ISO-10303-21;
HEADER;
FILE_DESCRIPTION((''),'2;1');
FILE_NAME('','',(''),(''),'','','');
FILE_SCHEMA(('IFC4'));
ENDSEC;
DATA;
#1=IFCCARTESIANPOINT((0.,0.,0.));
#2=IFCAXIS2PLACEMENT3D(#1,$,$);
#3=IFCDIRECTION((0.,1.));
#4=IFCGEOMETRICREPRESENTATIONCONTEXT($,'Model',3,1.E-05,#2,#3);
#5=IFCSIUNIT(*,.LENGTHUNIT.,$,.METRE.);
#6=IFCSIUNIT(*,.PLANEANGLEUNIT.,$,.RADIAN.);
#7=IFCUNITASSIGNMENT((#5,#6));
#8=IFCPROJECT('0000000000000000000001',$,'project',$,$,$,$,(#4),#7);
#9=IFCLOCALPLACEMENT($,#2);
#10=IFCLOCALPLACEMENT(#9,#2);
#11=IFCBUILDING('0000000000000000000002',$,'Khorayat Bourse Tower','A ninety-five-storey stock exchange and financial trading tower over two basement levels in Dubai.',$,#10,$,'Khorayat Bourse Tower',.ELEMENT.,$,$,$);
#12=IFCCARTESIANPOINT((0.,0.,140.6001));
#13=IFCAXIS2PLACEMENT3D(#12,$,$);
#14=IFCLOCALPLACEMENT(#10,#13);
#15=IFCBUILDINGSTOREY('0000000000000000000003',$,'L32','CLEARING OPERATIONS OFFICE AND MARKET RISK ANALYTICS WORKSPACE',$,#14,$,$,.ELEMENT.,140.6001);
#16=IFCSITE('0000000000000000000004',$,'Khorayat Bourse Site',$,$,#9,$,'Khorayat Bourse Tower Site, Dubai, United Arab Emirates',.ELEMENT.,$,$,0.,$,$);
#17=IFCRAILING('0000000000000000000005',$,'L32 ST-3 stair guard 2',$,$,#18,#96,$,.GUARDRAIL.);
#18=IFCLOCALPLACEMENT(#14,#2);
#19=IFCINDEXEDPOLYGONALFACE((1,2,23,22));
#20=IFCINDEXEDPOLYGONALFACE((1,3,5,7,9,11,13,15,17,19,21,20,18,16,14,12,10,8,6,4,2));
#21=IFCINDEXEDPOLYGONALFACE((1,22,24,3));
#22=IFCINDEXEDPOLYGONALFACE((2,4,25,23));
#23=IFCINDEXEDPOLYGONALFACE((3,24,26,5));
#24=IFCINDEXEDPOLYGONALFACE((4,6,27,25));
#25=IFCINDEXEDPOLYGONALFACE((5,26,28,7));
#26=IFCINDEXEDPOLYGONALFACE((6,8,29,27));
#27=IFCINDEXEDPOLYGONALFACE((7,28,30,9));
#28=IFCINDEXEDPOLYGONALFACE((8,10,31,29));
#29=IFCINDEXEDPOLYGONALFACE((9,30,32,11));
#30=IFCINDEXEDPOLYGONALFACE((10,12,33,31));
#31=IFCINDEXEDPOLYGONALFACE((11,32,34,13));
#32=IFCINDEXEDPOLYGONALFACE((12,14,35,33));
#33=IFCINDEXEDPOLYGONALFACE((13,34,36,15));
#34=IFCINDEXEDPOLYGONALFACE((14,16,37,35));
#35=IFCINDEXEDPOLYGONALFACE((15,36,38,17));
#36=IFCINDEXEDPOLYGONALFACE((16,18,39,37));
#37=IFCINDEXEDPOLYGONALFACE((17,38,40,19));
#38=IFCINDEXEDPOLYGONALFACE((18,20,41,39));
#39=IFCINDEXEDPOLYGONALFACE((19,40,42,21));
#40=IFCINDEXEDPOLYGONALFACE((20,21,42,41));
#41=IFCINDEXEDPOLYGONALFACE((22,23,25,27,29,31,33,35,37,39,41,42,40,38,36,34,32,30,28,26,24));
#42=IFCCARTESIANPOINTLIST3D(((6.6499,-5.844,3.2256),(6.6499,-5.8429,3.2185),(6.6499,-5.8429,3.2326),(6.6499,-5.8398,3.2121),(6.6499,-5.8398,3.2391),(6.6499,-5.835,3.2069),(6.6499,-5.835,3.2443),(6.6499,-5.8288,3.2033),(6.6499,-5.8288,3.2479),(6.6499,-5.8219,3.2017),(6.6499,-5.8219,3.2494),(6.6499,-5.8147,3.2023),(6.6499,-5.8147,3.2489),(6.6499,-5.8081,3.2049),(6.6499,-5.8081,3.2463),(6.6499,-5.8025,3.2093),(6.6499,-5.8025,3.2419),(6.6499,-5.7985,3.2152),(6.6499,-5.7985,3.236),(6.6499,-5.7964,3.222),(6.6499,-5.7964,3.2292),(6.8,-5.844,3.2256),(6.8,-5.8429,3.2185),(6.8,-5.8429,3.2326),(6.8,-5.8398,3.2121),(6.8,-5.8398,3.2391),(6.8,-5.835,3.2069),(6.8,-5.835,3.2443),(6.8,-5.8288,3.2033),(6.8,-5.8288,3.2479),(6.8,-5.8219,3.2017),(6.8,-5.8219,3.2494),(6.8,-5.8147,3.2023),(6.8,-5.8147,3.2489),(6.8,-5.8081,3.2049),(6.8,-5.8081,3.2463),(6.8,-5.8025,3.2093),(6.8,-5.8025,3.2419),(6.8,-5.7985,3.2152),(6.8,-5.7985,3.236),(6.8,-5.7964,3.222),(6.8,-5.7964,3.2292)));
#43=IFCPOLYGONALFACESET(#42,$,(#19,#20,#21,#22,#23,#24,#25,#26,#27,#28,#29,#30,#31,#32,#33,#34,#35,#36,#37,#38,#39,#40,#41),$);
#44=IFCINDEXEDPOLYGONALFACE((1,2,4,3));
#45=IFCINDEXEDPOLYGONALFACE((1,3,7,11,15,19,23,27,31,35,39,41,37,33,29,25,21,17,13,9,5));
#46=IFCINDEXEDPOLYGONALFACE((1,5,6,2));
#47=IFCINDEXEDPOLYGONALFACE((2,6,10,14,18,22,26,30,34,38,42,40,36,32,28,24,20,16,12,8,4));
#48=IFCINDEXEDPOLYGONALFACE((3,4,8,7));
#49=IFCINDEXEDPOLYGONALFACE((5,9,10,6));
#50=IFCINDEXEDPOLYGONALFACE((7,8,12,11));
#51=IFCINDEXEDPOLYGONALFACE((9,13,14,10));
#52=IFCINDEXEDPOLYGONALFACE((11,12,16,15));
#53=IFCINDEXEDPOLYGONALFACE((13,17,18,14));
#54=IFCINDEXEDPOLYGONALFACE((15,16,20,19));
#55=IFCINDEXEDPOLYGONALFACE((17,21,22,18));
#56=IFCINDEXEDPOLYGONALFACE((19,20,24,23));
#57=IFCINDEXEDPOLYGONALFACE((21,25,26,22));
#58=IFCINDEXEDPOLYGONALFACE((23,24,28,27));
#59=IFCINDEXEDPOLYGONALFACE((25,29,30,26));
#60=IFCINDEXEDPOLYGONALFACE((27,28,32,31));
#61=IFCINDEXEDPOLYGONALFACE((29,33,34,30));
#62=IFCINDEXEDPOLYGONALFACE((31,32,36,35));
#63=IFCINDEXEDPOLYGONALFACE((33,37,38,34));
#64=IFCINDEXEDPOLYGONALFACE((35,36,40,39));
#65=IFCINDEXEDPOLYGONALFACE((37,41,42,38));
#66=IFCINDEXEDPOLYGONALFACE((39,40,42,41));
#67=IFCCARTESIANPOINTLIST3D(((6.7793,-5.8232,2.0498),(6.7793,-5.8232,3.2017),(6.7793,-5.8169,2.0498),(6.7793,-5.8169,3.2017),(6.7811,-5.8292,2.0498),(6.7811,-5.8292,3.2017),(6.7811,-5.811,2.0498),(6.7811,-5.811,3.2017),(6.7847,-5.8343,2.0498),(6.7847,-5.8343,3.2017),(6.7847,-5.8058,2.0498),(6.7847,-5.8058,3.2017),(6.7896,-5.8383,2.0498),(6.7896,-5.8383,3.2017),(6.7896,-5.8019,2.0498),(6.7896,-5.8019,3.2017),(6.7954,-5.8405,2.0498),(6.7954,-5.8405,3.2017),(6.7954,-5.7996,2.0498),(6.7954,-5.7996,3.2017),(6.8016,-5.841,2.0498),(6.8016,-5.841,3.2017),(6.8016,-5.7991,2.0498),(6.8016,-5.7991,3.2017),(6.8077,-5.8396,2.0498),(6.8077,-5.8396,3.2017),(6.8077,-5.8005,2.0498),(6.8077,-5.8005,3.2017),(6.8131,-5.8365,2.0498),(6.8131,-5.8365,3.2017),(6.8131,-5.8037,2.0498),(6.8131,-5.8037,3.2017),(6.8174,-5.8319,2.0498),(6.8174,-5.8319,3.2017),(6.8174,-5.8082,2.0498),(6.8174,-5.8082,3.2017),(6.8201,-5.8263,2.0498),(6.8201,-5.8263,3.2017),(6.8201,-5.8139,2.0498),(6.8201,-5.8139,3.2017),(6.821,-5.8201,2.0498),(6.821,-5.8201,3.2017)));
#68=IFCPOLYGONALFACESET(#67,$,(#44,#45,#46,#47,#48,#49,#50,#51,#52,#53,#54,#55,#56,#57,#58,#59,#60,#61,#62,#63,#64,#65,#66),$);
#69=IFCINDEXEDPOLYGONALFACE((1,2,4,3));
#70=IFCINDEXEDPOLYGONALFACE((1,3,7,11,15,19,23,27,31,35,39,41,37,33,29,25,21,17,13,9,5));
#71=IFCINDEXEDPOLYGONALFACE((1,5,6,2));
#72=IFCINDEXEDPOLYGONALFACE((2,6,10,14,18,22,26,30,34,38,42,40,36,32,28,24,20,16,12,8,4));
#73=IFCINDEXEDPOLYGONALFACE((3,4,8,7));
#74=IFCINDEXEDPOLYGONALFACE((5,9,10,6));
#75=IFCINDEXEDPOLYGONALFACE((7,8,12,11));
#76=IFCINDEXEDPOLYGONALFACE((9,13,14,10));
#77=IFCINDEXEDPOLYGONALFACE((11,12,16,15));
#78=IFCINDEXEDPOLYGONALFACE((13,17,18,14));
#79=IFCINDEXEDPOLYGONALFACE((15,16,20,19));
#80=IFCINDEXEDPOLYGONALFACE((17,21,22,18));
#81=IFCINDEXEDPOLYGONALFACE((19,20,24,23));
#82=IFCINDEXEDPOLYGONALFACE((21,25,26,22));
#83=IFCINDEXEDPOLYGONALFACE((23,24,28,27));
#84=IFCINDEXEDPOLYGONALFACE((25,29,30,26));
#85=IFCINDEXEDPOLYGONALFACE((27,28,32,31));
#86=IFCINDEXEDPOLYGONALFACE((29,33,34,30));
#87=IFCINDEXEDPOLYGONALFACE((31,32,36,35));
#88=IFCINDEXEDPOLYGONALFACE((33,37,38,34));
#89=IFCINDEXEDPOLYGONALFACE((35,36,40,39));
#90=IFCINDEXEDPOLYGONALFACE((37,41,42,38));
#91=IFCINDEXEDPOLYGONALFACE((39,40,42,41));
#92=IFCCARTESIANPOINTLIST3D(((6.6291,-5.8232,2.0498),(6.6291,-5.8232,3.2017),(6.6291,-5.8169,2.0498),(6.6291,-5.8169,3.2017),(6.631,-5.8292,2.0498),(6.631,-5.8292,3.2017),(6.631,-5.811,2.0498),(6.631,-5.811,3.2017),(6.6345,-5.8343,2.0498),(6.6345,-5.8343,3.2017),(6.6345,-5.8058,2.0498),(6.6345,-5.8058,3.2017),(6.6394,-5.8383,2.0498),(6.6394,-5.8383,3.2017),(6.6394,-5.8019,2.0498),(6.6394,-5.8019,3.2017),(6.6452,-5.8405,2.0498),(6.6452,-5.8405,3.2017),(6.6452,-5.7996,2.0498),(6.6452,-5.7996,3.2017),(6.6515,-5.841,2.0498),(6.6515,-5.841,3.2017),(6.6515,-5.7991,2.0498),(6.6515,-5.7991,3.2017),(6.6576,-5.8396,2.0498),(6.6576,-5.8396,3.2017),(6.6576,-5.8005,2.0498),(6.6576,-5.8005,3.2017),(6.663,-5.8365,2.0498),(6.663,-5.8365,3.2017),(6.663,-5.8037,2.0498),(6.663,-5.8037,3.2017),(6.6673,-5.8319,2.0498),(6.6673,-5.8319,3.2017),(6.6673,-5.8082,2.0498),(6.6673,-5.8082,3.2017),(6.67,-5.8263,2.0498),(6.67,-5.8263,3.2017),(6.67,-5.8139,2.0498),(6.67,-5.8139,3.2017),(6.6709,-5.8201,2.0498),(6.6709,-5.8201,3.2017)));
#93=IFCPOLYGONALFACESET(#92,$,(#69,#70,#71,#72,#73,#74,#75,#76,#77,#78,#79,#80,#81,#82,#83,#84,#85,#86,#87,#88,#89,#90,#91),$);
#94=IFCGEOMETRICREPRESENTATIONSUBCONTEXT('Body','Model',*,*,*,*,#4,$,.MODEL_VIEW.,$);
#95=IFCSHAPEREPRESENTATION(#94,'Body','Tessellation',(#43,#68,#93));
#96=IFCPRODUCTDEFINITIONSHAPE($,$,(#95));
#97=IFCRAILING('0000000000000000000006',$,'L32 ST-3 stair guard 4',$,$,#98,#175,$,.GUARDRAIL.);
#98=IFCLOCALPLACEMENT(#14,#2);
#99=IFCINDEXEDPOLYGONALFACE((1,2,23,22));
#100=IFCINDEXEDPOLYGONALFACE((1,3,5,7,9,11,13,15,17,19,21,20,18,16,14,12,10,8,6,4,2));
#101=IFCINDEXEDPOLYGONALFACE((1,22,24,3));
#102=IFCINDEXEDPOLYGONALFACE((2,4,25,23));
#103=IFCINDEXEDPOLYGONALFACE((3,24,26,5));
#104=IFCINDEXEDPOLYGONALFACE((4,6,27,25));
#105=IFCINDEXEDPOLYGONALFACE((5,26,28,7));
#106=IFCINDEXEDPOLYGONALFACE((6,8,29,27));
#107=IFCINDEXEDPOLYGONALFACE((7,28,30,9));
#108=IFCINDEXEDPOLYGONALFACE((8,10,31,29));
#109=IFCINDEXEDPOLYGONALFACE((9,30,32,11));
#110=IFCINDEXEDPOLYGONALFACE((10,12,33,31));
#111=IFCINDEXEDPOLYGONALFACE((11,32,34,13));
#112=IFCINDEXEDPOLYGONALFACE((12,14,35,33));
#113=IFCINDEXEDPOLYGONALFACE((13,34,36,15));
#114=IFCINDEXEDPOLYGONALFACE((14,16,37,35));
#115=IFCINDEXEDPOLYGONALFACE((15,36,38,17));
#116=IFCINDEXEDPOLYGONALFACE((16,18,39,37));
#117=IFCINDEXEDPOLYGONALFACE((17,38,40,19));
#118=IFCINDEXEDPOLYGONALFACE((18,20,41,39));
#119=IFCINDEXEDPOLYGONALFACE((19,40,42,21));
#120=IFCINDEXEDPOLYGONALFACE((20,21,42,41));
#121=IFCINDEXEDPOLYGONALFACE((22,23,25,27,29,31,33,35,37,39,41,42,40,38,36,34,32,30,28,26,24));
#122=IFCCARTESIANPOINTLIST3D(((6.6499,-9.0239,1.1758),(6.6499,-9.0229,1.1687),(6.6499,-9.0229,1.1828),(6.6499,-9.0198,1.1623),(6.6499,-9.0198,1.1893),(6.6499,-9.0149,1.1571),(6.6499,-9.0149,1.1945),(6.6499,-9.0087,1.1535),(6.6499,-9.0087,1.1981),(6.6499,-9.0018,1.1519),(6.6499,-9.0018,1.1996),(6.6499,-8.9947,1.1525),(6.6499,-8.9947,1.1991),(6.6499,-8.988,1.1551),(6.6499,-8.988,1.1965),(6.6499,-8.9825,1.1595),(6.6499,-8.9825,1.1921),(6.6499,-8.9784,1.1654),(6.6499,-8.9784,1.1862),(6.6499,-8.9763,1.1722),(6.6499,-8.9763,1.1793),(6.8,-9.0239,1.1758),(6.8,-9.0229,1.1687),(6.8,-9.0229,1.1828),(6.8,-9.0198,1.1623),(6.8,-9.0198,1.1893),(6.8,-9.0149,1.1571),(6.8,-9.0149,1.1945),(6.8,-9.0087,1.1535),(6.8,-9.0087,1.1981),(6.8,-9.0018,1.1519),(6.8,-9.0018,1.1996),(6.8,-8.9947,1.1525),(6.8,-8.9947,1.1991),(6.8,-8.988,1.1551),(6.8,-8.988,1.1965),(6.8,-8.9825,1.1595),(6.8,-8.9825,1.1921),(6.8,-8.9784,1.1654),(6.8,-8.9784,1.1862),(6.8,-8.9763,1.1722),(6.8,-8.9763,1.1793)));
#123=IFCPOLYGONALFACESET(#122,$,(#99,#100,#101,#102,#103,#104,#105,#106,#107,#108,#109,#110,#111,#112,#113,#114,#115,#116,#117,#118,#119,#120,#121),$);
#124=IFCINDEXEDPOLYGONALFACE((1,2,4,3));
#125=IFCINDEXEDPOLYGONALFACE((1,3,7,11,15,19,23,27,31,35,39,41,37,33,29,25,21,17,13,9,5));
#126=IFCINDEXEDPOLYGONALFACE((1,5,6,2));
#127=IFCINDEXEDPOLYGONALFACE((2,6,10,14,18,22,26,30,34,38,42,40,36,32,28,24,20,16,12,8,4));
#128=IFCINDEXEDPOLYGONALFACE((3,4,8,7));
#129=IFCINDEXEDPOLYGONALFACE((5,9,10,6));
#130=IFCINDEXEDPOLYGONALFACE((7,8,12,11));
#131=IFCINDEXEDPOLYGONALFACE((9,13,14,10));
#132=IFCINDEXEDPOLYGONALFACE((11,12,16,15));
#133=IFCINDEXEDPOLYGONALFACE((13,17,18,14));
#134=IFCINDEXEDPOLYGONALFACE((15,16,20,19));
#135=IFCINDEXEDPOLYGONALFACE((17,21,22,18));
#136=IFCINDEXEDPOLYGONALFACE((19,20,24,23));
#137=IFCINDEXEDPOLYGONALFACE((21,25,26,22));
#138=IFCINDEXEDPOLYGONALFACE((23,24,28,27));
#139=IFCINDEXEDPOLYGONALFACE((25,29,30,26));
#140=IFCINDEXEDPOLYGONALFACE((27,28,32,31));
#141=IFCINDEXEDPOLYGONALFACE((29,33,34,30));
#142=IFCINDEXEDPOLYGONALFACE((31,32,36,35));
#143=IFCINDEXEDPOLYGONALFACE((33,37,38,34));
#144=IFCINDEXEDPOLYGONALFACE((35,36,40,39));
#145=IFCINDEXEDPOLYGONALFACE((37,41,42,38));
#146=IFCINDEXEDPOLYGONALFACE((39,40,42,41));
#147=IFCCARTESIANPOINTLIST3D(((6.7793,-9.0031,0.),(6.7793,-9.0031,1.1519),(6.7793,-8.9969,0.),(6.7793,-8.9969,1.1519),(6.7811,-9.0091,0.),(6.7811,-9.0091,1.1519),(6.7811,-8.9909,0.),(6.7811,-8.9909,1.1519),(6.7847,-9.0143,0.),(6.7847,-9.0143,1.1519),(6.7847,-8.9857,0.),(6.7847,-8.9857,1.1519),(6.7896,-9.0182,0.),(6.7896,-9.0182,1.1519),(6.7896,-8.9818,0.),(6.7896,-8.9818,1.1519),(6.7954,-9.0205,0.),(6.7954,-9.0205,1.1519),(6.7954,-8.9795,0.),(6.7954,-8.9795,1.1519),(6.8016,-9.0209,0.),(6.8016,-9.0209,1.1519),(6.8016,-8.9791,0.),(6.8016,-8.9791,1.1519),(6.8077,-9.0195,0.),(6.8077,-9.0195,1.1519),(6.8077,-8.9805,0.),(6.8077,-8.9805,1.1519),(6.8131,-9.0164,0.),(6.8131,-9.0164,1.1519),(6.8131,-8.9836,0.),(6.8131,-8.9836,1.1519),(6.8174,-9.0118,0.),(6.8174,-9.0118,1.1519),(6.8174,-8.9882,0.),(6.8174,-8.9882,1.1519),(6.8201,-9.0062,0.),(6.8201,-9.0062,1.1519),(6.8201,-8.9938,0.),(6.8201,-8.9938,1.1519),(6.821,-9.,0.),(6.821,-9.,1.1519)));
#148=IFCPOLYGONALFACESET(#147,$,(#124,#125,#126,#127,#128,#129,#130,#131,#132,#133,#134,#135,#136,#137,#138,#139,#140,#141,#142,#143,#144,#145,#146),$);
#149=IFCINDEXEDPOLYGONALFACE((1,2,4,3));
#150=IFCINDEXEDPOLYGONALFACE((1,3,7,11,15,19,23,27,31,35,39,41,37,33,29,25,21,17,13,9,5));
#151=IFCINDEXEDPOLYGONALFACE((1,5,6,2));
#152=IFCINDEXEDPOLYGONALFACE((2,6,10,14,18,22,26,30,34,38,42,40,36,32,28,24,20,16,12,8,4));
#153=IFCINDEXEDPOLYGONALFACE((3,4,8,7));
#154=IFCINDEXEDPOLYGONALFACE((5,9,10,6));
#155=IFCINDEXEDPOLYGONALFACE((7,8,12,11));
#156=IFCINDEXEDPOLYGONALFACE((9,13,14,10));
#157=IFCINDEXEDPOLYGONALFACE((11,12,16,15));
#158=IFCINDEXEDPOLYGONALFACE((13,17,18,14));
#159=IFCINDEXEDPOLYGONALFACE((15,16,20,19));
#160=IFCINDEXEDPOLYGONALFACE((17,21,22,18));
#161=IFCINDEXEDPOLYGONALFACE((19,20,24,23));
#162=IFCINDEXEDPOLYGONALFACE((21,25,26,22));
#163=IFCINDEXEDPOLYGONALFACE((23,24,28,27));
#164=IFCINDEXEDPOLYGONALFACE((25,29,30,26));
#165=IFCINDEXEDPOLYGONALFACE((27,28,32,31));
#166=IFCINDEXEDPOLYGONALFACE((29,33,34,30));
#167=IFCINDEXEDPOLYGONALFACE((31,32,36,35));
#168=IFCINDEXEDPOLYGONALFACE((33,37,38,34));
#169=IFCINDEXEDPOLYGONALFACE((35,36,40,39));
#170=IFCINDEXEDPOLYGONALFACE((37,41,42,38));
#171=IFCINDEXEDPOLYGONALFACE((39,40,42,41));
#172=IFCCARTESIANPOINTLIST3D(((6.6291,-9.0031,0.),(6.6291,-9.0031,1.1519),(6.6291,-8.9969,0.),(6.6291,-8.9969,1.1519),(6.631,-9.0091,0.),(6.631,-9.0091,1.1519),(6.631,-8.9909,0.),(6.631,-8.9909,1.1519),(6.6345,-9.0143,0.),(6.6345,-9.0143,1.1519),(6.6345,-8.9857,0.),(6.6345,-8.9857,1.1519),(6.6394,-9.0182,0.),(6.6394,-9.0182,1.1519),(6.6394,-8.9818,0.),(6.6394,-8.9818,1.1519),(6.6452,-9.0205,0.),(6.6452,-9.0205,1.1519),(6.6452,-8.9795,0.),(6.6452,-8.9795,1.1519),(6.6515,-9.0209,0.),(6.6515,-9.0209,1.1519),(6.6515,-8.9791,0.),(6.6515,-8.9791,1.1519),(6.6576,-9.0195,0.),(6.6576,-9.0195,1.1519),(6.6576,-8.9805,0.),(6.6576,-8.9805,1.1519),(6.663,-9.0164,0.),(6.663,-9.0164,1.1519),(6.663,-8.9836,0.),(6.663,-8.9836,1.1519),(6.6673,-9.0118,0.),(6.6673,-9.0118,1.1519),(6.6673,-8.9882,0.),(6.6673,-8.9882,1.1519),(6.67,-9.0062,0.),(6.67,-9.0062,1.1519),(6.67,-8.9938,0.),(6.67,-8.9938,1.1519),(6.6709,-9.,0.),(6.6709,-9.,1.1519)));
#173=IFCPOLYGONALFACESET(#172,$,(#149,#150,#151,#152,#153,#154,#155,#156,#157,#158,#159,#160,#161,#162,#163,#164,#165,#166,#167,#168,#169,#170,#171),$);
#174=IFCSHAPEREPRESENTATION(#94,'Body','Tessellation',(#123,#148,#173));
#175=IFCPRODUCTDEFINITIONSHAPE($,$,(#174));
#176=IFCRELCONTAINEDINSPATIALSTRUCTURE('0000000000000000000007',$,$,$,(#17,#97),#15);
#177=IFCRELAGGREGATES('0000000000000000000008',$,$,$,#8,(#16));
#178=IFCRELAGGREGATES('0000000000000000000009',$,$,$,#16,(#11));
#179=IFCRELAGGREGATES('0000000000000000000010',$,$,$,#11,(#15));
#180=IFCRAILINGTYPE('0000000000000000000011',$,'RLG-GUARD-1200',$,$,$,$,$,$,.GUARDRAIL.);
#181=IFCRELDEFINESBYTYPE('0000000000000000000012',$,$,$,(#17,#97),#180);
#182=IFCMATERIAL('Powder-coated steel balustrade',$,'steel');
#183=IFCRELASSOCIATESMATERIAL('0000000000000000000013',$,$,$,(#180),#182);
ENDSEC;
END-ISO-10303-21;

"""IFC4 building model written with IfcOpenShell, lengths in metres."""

from ifc_helpers import new_model, si_unit, direction, frame, origin, origin_2d, place, context, subcontext, project, spatial, circle, extrude, source, transform, mapped, material, type_object, element, save


model = new_model("IFC4")

# Units and contexts
model_context = context("Model", 3, precision=1e-05, world=origin(), true_north=direction((0.0, 1.0)))
body_context = subcontext(model_context, "Body", "Model", "MODEL_VIEW")
ifc_project = project(units=[si_unit("LENGTHUNIT", "METRE"), si_unit("PLANEANGLEUNIT", "RADIAN")], contexts=[model_context])

# Site, building, storey
site_placement = place(None, origin())
site = spatial("IfcSite", under=ifc_project, at=site_placement, Name="Khorayat Bourse Site", LongName="Khorayat Bourse Tower Site, Dubai, United Arab Emirates", CompositionType="ELEMENT", RefElevation=0.0)
building_placement = place(site_placement, origin())
building = spatial("IfcBuilding", under=site, at=building_placement, Name="Khorayat Bourse Tower", Description="A ninety-five-storey stock exchange and financial trading tower over two basement levels in Dubai.", LongName="Khorayat Bourse Tower", CompositionType="ELEMENT")
storey_placement = place(building_placement, frame((0.0, 0.0, 140.6001)))
storey = spatial("IfcBuildingStorey", under=building, at=storey_placement, Name="L32", Description="CLEARING OPERATIONS OFFICE AND MARKET RISK ANALYTICS WORKSPACE", CompositionType="ELEMENT", Elevation=140.6001)

# Railings
ifc_material_1 = material(Name="Powder-coated steel balustrade", Category="steel")
railing_type_1 = type_object("IfcRailingType", Name="RLG-GUARD-1200", PredefinedType="GUARDRAIL", material=ifc_material_1)
shared_shape_1 = source(origin(), body_context, "Body", "SweptSolid", [
    extrude(circle(Radius=0.0239, at=origin_2d()), frame((0.0, 0.0, 1.1758), z_axis=(-1.0, 0.0, 0.0), x_axis=(0.0, -1.0, 0.0)), (0.0, 0.0, 1.0), 0.1501),
    extrude(circle(Radius=0.021, at=origin_2d()), origin(), (0.0, 0.0, 1.0), 1.1519),
    extrude(circle(Radius=0.021, at=origin_2d()), frame((-0.1501, 0.0, 0.0)), (0.0, 0.0, 1.0), 1.1519),
])
for number, where, name in (
    (1, (6.8, -5.8201, 2.0498), "L32 ST-3 stair guard 2"),
    (2, (6.8, -9.0, 0.0), "L32 ST-3 stair guard 4"),
):
    element("IfcRailing", number, at=place(storey_placement, frame(where)), inside=storey, type_object=railing_type_1, Name=name, PredefinedType="GUARDRAIL", context=body_context, shape_type="MappedRepresentation", body=[
        mapped(shared_shape_1, transform((0.0, 0.0, 0.0), scale=1.0)),
    ])

save(model, "model.ifc")
